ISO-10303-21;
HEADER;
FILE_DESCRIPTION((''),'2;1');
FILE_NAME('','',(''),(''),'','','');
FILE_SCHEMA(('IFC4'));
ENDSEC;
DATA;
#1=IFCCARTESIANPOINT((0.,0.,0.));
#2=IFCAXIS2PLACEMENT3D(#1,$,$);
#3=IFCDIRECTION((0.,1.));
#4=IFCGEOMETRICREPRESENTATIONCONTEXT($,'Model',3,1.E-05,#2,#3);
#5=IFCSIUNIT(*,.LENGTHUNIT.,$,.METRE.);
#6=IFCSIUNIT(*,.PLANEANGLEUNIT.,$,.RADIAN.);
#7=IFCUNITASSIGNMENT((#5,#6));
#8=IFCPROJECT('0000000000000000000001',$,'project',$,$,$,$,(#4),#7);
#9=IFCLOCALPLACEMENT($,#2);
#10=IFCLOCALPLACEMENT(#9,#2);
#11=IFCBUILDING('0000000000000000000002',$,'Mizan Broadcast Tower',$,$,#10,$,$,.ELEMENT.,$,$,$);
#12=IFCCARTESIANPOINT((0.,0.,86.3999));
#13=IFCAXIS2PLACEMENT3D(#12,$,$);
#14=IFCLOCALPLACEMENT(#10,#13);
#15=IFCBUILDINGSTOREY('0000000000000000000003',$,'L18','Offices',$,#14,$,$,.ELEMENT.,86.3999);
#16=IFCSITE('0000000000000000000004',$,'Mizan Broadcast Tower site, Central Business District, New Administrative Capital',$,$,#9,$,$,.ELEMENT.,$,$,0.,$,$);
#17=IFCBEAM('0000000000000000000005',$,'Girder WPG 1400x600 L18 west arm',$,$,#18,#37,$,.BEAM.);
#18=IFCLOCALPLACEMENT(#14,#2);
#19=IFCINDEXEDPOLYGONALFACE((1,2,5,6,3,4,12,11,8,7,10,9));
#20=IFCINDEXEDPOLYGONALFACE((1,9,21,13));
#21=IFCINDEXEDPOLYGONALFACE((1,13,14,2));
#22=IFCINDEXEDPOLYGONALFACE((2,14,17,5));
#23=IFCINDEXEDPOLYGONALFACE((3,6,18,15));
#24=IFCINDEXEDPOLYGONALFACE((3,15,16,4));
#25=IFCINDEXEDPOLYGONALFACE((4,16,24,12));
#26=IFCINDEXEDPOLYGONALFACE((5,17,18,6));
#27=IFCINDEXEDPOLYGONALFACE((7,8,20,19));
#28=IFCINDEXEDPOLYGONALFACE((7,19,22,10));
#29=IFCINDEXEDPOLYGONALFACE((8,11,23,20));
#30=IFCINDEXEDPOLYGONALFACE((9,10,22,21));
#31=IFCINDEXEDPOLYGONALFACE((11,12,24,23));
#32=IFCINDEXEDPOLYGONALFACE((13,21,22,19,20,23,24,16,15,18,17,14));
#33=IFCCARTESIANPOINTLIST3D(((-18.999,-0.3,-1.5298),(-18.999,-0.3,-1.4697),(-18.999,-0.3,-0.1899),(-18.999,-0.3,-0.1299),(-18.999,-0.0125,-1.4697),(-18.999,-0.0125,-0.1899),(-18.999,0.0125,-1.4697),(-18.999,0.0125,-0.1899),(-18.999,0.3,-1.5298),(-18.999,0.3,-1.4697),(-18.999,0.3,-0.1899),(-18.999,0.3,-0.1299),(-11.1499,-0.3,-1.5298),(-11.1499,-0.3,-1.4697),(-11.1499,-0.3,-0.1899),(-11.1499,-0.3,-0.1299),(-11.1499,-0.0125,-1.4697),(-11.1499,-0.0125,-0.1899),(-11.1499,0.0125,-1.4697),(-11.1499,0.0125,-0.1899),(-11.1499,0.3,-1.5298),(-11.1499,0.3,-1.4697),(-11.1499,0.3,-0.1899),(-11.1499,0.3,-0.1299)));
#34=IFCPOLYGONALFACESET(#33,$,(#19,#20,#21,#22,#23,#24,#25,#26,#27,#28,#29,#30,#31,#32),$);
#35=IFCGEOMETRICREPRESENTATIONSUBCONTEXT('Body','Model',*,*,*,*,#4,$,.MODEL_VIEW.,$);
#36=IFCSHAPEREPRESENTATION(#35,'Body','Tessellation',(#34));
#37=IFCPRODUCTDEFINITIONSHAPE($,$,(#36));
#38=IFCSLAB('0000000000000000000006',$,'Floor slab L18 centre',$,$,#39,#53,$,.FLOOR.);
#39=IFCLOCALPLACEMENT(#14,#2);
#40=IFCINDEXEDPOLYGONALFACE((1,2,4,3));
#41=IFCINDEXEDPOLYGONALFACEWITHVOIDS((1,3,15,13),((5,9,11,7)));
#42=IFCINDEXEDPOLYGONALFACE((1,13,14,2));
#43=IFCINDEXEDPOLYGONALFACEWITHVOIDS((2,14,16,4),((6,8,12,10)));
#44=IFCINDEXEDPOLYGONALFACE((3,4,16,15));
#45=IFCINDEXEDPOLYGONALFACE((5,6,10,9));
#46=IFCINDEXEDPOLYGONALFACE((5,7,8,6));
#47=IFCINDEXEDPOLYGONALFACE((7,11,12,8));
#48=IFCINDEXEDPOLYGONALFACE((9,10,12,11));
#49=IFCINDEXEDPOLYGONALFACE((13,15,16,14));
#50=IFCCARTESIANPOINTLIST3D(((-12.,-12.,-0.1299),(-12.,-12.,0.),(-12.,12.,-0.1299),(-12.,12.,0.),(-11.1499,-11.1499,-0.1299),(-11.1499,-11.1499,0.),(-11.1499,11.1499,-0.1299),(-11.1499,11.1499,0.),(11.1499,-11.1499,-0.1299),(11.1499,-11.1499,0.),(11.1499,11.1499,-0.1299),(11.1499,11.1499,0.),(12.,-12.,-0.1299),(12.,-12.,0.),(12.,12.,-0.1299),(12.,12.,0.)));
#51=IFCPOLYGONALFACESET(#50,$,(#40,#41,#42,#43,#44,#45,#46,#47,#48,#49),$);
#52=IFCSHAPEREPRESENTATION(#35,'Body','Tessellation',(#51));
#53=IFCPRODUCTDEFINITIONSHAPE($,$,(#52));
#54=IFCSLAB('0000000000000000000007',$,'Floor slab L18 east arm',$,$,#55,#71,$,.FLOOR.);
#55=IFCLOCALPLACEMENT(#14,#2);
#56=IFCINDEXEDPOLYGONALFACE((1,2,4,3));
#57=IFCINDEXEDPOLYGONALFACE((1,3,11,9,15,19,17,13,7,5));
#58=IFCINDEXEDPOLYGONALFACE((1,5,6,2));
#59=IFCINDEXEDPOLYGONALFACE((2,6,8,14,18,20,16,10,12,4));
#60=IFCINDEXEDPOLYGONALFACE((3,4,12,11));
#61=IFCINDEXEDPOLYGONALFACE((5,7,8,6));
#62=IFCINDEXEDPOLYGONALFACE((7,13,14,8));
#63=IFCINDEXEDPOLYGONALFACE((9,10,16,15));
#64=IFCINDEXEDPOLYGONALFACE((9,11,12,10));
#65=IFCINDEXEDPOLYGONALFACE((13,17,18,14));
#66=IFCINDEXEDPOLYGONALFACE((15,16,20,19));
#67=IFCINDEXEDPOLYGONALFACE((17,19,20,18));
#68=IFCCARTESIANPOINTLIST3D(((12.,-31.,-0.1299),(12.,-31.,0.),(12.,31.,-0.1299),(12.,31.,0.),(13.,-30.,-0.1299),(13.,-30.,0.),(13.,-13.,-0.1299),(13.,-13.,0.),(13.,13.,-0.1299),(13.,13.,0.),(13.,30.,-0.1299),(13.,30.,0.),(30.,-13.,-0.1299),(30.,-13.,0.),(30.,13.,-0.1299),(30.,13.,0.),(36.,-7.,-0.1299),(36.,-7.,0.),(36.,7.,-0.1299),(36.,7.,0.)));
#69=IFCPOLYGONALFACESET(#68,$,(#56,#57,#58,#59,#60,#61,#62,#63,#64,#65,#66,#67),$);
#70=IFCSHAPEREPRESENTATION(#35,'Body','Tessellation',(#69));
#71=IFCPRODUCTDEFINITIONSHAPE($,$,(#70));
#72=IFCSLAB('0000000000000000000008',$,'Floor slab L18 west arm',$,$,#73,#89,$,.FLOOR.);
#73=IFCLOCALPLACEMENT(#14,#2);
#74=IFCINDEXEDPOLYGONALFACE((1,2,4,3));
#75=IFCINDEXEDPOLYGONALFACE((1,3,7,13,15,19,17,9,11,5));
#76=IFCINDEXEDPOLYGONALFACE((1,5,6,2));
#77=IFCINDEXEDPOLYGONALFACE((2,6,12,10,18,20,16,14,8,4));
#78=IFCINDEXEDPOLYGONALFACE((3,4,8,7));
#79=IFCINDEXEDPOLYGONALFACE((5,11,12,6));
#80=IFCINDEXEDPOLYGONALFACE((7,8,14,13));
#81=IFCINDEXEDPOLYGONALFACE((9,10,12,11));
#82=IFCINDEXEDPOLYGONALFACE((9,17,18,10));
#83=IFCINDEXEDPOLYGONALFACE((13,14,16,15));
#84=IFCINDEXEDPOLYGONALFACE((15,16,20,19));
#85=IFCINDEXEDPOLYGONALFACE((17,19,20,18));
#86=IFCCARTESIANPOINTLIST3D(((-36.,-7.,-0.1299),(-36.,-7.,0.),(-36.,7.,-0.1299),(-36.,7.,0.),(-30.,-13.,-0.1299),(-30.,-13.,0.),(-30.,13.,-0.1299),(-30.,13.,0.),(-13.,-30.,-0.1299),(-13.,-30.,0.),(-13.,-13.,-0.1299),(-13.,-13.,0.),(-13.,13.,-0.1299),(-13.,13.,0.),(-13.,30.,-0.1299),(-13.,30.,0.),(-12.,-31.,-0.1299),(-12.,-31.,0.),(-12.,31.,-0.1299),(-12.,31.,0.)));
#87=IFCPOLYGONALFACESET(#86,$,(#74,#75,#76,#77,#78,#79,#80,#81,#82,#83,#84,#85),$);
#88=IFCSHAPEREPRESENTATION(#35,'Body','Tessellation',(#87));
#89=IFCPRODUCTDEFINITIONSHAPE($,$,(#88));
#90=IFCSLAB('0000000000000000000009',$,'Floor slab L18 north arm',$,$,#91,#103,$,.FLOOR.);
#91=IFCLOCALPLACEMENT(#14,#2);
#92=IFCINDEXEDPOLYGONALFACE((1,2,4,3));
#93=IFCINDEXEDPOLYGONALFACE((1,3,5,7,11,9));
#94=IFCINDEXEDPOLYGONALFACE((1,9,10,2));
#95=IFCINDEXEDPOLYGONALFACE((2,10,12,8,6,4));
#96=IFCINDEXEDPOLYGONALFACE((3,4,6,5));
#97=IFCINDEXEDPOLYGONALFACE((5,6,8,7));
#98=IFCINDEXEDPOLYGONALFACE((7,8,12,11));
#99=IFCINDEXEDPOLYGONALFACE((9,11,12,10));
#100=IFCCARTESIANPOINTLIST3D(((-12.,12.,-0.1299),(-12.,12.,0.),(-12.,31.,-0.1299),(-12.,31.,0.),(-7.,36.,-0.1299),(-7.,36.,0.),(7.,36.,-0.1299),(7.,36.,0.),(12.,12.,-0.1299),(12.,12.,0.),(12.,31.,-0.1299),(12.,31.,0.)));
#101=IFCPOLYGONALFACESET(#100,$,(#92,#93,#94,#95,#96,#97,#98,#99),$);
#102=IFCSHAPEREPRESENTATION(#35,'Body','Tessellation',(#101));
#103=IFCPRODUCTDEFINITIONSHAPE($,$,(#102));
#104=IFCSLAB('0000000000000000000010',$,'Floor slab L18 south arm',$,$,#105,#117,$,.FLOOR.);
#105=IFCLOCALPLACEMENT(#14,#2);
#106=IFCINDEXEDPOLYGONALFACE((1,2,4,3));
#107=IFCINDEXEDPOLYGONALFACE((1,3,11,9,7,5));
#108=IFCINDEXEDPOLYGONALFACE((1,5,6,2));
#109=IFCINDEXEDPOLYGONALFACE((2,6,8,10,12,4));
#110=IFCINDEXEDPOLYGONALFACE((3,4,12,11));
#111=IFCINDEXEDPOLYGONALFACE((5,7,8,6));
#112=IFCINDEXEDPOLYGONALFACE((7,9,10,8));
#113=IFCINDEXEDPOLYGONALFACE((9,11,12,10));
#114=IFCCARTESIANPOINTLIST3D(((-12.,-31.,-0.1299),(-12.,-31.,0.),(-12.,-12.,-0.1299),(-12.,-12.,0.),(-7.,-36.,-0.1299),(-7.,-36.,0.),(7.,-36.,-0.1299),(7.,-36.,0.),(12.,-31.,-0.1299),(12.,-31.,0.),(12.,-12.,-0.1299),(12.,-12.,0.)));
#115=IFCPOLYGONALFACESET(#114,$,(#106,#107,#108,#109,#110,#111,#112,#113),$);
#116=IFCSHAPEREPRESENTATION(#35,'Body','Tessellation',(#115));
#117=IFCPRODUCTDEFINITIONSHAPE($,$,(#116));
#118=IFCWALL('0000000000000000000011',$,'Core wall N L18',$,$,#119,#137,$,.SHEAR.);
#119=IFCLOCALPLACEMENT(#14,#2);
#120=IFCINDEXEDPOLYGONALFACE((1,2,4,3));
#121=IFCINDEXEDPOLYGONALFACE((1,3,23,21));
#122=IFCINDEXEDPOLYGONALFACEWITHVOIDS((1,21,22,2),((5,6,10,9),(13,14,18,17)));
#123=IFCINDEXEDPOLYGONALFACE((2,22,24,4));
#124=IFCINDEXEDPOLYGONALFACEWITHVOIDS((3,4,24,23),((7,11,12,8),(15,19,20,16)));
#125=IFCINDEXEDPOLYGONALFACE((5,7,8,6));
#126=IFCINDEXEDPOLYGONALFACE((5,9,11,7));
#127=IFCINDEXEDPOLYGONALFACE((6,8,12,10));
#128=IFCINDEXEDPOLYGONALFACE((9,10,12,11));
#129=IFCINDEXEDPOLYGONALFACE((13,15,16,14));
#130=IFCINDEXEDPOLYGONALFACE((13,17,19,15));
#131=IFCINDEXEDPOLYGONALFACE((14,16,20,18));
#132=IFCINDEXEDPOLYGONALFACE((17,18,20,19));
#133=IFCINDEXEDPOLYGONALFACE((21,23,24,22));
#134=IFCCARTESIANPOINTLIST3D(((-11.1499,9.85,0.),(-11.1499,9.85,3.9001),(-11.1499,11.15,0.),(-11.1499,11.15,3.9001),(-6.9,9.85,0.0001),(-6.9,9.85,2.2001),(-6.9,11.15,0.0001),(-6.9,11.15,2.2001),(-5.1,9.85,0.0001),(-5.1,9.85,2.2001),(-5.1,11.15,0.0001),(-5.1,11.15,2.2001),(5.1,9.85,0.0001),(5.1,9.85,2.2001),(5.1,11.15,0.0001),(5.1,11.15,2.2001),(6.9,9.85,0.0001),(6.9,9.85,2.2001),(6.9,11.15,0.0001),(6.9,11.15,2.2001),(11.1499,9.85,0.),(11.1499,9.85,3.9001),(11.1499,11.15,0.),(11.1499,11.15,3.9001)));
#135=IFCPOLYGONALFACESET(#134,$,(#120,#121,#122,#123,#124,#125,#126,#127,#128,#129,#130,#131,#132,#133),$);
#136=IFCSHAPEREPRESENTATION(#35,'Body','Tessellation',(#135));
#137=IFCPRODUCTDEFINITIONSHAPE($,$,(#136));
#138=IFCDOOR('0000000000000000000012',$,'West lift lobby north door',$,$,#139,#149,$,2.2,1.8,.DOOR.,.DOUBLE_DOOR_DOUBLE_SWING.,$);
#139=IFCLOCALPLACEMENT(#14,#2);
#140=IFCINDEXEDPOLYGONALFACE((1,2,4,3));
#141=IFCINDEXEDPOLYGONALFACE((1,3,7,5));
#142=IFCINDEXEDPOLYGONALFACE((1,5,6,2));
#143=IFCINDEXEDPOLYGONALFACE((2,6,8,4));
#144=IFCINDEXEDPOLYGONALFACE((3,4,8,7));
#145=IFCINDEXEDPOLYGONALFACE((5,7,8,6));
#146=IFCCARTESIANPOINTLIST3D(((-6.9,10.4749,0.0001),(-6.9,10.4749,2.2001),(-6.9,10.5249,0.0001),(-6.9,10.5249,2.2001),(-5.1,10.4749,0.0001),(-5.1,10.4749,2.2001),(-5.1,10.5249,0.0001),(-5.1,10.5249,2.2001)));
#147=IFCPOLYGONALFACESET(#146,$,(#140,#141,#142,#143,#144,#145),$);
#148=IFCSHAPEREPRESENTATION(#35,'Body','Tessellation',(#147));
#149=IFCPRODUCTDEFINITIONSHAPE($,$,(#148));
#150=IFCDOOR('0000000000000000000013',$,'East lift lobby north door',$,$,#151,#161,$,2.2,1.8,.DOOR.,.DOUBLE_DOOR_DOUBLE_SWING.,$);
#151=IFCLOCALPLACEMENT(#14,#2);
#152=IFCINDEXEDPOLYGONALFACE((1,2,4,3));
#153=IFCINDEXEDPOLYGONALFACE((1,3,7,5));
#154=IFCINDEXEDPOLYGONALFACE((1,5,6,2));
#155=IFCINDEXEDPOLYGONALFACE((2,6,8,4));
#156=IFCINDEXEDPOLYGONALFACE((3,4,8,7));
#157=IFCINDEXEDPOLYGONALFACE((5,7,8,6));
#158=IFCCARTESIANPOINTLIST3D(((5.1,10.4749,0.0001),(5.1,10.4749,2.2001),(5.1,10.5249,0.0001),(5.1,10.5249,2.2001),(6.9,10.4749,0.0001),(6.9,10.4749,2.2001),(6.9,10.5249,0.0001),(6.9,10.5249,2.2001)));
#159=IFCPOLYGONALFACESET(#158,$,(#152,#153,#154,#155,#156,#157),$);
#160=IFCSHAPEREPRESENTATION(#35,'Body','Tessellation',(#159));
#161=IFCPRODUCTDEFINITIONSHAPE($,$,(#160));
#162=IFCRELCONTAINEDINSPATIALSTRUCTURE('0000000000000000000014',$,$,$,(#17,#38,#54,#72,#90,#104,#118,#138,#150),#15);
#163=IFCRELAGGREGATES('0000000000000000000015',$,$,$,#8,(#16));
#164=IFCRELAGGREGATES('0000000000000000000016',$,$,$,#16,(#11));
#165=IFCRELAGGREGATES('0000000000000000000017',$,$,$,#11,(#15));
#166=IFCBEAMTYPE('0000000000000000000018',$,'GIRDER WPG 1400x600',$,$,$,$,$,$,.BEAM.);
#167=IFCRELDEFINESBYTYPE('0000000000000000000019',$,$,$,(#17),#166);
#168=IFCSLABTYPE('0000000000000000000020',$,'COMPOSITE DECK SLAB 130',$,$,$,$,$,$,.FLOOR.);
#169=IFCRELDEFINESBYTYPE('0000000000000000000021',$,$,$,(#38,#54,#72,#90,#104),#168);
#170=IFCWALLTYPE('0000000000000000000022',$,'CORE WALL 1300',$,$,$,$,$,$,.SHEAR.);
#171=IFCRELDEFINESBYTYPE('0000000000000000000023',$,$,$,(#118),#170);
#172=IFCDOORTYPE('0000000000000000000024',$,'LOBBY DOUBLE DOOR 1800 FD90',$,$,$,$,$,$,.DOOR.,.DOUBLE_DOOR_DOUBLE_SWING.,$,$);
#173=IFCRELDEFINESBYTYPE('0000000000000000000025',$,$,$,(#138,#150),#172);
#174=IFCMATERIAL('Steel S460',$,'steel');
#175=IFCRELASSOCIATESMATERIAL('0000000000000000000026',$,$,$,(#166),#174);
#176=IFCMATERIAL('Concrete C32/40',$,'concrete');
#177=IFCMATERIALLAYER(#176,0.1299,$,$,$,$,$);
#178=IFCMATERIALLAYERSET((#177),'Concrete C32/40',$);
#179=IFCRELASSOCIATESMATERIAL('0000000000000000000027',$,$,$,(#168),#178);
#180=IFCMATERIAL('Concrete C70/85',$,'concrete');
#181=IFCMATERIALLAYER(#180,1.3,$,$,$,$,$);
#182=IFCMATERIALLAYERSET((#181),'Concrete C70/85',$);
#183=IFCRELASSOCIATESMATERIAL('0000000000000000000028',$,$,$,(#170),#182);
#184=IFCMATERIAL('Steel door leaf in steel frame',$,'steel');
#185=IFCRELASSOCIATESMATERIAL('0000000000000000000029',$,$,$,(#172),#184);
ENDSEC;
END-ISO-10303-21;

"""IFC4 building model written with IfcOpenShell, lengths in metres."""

from ifc_helpers import new_model, si_unit, direction, frame, frame_2d, origin, origin_2d, place, context, subcontext, project, spatial, polyline, rectangle, i_section, outline, extrude, material, layer, layer_set, material_profile, profile_set, type_object, element, fill, save


model = new_model("IFC4")

# Units and contexts
model_context = context("Model", 3, precision=1e-05, world=origin(), true_north=direction((0.0, 1.0)))
body_context = subcontext(model_context, "Body", "Model", "MODEL_VIEW")
ifc_project = project(units=[si_unit("LENGTHUNIT", "METRE"), si_unit("PLANEANGLEUNIT", "RADIAN")], contexts=[model_context])

# Site, building, storey
site_placement = place(None, origin())
site = spatial("IfcSite", under=ifc_project, at=site_placement, Name="Mizan Broadcast Tower site, Central Business District, New Administrative Capital", CompositionType="ELEMENT", RefElevation=0.0)
building_placement = place(site_placement, origin())
building = spatial("IfcBuilding", under=site, at=building_placement, Name="Mizan Broadcast Tower", CompositionType="ELEMENT")
storey_placement = place(building_placement, frame((0.0, 0.0, 86.3999)))
storey = spatial("IfcBuildingStorey", under=building, at=storey_placement, Name="L18", Description="Offices", CompositionType="ELEMENT", Elevation=86.3999)

# Beam
ifc_material_1 = material(Name="Steel S460", Category="steel")
ifc_material_profile = material_profile(ifc_material_1, i_section(OverallWidth=0.6001, OverallDepth=1.3999, WebThickness=0.0249, FlangeThickness=0.0601, at=origin_2d()), Name="WPG 1400x600")
ifc_profile_set = profile_set([ifc_material_profile], Name="Steel S460")
beam_type = type_object("IfcBeamType", Name="GIRDER WPG 1400x600", PredefinedType="BEAM", material=ifc_profile_set)
beam_placement = place(storey_placement, frame((-11.1499, 0.0, -0.8298), z_axis=(-1.0, 0.0, 0.0), x_axis=(0.0, -1.0, 0.0)))
element("IfcBeam", 1, at=beam_placement, inside=storey, type_object=beam_type, Name="Girder WPG 1400x600 L18 west arm", PredefinedType="BEAM", context=body_context, shape_type="SweptSolid", body=[
    extrude(i_section(OverallWidth=0.6001, OverallDepth=1.3999, WebThickness=0.0249, FlangeThickness=0.0601, at=origin_2d()), origin(), (0.0, 0.0, 1.0), 7.8491),
])

# Slabs
ifc_material_2 = material(Name="Concrete C32/40", Category="concrete")
ifc_layer_1 = layer(ifc_material_2, 0.1299)
ifc_layer_set_1 = layer_set([ifc_layer_1], Name="Concrete C32/40")
slab_type = type_object("IfcSlabType", Name="COMPOSITE DECK SLAB 130", PredefinedType="FLOOR", material=ifc_layer_set_1)
slab_1_placement = place(storey_placement, frame((0.0, 0.0, -0.1299)))
element("IfcSlab", 2, at=slab_1_placement, inside=storey, type_object=slab_type, Name="Floor slab L18 centre", PredefinedType="FLOOR", context=body_context, shape_type="SweptSolid", body=[
    extrude(outline(polyline([(-12.0, -12.0), (12.0, -12.0), (12.0, 12.0), (-12.0, 12.0), (-12.0, -12.0)]), holes=[polyline([(-11.1499, 11.1499), (11.1499, 11.1499), (11.1499, -11.1499), (-11.1499, -11.1499), (-11.1499, 11.1499)])]), origin(), (0.0, 0.0, 1.0), 0.1299),
])
slab_2_placement = place(storey_placement, frame((0.0, 0.0, -0.1299)))
element("IfcSlab", 3, at=slab_2_placement, inside=storey, type_object=slab_type, Name="Floor slab L18 east arm", PredefinedType="FLOOR", context=body_context, shape_type="SweptSolid", body=[
    extrude(outline(polyline([(12.0, -31.0), (13.0, -30.0), (13.0, -13.0), (30.0, -13.0), (36.0, -7.0), (36.0, 7.0), (30.0, 13.0), (13.0, 13.0), (13.0, 30.0), (12.0, 31.0), (12.0, -31.0)])), origin(), (0.0, 0.0, 1.0), 0.1299),
])
slab_3_placement = place(storey_placement, frame((0.0, 0.0, -0.1299)))
element("IfcSlab", 4, at=slab_3_placement, inside=storey, type_object=slab_type, Name="Floor slab L18 west arm", PredefinedType="FLOOR", context=body_context, shape_type="SweptSolid", body=[
    extrude(outline(polyline([(-13.0, -30.0), (-12.0, -31.0), (-12.0, 31.0), (-13.0, 30.0), (-13.0, 13.0), (-30.0, 13.0), (-36.0, 7.0), (-36.0, -7.0), (-30.0, -13.0), (-13.0, -13.0), (-13.0, -30.0)])), origin(), (0.0, 0.0, 1.0), 0.1299),
])
slab_4_placement = place(storey_placement, frame((0.0, 0.0, -0.1299)))
element("IfcSlab", 5, at=slab_4_placement, inside=storey, type_object=slab_type, Name="Floor slab L18 north arm", PredefinedType="FLOOR", context=body_context, shape_type="SweptSolid", body=[
    extrude(outline(polyline([(-7.0, 36.0), (-12.0, 31.0), (-12.0, 12.0), (12.0, 12.0), (12.0, 31.0), (7.0, 36.0), (-7.0, 36.0)])), origin(), (0.0, 0.0, 1.0), 0.1299),
])
slab_5_placement = place(storey_placement, frame((0.0, 0.0, -0.1299)))
element("IfcSlab", 6, at=slab_5_placement, inside=storey, type_object=slab_type, Name="Floor slab L18 south arm", PredefinedType="FLOOR", context=body_context, shape_type="SweptSolid", body=[
    extrude(outline(polyline([(7.0, -36.0), (12.0, -31.0), (12.0, -12.0), (-12.0, -12.0), (-12.0, -31.0), (-7.0, -36.0), (7.0, -36.0)])), origin(), (0.0, 0.0, 1.0), 0.1299),
])

# Wall, openings, doors
ifc_material_3 = material(Name="Concrete C70/85", Category="concrete")
ifc_layer_2 = layer(ifc_material_3, 1.3)
ifc_layer_set_2 = layer_set([ifc_layer_2], Name="Concrete C70/85")
wall_type_1 = type_object("IfcWallType", Name="CORE WALL 1300", PredefinedType="SHEAR", material=ifc_layer_set_2)
wall_1_placement = place(storey_placement, frame((-11.1499, 10.5, 0.0), z_axis=(0.0, 0.0, 1.0), x_axis=(1.0, 0.0, 0.0)))
wall_1 = element("IfcWall", 7, at=wall_1_placement, inside=storey, type_object=wall_type_1, Name="Core wall N L18", PredefinedType="SHEAR", context=body_context, shape_type="SweptSolid", body=[
    extrude(rectangle(XDim=22.2998, YDim=1.3, at=frame_2d((11.1499, 0.0))), origin(), (0.0, 0.0, 1.0), 3.9001),
])
opening_1_placement = place(wall_1_placement, frame((4.25, 0.0, 0.0)))
opening_1 = element("IfcOpeningElement", 8, at=opening_1_placement, cuts=wall_1, PredefinedType="OPENING", context=body_context, shape_type="SweptSolid", body=[
    extrude(rectangle(XDim=1.8, YDim=2.2, at=frame_2d((0.8999, 1.1001))), frame((0.0, 0.6599, 0.0), z_axis=(0.0, -1.0, 0.0), x_axis=(1.0, 0.0, 0.0)), (0.0, 0.0, 1.0), 1.3201),
])
opening_2_placement = place(wall_1_placement, frame((16.25, 0.0, 0.0)))
opening_2 = element("IfcOpeningElement", 9, at=opening_2_placement, cuts=wall_1, PredefinedType="OPENING", context=body_context, shape_type="SweptSolid", body=[
    extrude(rectangle(XDim=1.8, YDim=2.2, at=frame_2d((0.8999, 1.1001))), frame((0.0, 0.6599, 0.0), z_axis=(0.0, -1.0, 0.0), x_axis=(1.0, 0.0, 0.0)), (0.0, 0.0, 1.0), 1.3201),
])
ifc_material_4 = material(Name="Steel door leaf in steel frame", Category="steel")
door_type_1 = type_object("IfcDoorType", Name="LOBBY DOUBLE DOOR 1800 FD90", OperationType="DOUBLE_DOOR_DOUBLE_SWING", PredefinedType="DOOR", material=ifc_material_4)
door_1_placement = place(opening_1_placement, origin())
door_1 = element("IfcDoor", 10, at=door_1_placement, inside=storey, type_object=door_type_1, Name="West lift lobby north door", OperationType="DOUBLE_DOOR_DOUBLE_SWING", OverallHeight=2.2, OverallWidth=1.8, PredefinedType="DOOR", context=body_context, shape_type="SweptSolid", body=[
    extrude(rectangle(XDim=1.8, YDim=2.2, at=frame_2d((0.8999, 1.1001))), frame((0.0, 0.0249, 0.0), z_axis=(0.0, -1.0, 0.0), x_axis=(1.0, 0.0, 0.0)), (0.0, 0.0, 1.0), 0.05),
])
fill(opening_1, door_1)
door_2_placement = place(opening_2_placement, origin())
door_2 = element("IfcDoor", 11, at=door_2_placement, inside=storey, type_object=door_type_1, Name="East lift lobby north door", OperationType="DOUBLE_DOOR_DOUBLE_SWING", OverallHeight=2.2, OverallWidth=1.8, PredefinedType="DOOR", context=body_context, shape_type="SweptSolid", body=[
    extrude(rectangle(XDim=1.8, YDim=2.2, at=frame_2d((0.8999, 1.1001))), frame((0.0, 0.0249, 0.0), z_axis=(0.0, -1.0, 0.0), x_axis=(1.0, 0.0, 0.0)), (0.0, 0.0, 1.0), 0.05),
])
fill(opening_2, door_2)

save(model, "model.ifc")
